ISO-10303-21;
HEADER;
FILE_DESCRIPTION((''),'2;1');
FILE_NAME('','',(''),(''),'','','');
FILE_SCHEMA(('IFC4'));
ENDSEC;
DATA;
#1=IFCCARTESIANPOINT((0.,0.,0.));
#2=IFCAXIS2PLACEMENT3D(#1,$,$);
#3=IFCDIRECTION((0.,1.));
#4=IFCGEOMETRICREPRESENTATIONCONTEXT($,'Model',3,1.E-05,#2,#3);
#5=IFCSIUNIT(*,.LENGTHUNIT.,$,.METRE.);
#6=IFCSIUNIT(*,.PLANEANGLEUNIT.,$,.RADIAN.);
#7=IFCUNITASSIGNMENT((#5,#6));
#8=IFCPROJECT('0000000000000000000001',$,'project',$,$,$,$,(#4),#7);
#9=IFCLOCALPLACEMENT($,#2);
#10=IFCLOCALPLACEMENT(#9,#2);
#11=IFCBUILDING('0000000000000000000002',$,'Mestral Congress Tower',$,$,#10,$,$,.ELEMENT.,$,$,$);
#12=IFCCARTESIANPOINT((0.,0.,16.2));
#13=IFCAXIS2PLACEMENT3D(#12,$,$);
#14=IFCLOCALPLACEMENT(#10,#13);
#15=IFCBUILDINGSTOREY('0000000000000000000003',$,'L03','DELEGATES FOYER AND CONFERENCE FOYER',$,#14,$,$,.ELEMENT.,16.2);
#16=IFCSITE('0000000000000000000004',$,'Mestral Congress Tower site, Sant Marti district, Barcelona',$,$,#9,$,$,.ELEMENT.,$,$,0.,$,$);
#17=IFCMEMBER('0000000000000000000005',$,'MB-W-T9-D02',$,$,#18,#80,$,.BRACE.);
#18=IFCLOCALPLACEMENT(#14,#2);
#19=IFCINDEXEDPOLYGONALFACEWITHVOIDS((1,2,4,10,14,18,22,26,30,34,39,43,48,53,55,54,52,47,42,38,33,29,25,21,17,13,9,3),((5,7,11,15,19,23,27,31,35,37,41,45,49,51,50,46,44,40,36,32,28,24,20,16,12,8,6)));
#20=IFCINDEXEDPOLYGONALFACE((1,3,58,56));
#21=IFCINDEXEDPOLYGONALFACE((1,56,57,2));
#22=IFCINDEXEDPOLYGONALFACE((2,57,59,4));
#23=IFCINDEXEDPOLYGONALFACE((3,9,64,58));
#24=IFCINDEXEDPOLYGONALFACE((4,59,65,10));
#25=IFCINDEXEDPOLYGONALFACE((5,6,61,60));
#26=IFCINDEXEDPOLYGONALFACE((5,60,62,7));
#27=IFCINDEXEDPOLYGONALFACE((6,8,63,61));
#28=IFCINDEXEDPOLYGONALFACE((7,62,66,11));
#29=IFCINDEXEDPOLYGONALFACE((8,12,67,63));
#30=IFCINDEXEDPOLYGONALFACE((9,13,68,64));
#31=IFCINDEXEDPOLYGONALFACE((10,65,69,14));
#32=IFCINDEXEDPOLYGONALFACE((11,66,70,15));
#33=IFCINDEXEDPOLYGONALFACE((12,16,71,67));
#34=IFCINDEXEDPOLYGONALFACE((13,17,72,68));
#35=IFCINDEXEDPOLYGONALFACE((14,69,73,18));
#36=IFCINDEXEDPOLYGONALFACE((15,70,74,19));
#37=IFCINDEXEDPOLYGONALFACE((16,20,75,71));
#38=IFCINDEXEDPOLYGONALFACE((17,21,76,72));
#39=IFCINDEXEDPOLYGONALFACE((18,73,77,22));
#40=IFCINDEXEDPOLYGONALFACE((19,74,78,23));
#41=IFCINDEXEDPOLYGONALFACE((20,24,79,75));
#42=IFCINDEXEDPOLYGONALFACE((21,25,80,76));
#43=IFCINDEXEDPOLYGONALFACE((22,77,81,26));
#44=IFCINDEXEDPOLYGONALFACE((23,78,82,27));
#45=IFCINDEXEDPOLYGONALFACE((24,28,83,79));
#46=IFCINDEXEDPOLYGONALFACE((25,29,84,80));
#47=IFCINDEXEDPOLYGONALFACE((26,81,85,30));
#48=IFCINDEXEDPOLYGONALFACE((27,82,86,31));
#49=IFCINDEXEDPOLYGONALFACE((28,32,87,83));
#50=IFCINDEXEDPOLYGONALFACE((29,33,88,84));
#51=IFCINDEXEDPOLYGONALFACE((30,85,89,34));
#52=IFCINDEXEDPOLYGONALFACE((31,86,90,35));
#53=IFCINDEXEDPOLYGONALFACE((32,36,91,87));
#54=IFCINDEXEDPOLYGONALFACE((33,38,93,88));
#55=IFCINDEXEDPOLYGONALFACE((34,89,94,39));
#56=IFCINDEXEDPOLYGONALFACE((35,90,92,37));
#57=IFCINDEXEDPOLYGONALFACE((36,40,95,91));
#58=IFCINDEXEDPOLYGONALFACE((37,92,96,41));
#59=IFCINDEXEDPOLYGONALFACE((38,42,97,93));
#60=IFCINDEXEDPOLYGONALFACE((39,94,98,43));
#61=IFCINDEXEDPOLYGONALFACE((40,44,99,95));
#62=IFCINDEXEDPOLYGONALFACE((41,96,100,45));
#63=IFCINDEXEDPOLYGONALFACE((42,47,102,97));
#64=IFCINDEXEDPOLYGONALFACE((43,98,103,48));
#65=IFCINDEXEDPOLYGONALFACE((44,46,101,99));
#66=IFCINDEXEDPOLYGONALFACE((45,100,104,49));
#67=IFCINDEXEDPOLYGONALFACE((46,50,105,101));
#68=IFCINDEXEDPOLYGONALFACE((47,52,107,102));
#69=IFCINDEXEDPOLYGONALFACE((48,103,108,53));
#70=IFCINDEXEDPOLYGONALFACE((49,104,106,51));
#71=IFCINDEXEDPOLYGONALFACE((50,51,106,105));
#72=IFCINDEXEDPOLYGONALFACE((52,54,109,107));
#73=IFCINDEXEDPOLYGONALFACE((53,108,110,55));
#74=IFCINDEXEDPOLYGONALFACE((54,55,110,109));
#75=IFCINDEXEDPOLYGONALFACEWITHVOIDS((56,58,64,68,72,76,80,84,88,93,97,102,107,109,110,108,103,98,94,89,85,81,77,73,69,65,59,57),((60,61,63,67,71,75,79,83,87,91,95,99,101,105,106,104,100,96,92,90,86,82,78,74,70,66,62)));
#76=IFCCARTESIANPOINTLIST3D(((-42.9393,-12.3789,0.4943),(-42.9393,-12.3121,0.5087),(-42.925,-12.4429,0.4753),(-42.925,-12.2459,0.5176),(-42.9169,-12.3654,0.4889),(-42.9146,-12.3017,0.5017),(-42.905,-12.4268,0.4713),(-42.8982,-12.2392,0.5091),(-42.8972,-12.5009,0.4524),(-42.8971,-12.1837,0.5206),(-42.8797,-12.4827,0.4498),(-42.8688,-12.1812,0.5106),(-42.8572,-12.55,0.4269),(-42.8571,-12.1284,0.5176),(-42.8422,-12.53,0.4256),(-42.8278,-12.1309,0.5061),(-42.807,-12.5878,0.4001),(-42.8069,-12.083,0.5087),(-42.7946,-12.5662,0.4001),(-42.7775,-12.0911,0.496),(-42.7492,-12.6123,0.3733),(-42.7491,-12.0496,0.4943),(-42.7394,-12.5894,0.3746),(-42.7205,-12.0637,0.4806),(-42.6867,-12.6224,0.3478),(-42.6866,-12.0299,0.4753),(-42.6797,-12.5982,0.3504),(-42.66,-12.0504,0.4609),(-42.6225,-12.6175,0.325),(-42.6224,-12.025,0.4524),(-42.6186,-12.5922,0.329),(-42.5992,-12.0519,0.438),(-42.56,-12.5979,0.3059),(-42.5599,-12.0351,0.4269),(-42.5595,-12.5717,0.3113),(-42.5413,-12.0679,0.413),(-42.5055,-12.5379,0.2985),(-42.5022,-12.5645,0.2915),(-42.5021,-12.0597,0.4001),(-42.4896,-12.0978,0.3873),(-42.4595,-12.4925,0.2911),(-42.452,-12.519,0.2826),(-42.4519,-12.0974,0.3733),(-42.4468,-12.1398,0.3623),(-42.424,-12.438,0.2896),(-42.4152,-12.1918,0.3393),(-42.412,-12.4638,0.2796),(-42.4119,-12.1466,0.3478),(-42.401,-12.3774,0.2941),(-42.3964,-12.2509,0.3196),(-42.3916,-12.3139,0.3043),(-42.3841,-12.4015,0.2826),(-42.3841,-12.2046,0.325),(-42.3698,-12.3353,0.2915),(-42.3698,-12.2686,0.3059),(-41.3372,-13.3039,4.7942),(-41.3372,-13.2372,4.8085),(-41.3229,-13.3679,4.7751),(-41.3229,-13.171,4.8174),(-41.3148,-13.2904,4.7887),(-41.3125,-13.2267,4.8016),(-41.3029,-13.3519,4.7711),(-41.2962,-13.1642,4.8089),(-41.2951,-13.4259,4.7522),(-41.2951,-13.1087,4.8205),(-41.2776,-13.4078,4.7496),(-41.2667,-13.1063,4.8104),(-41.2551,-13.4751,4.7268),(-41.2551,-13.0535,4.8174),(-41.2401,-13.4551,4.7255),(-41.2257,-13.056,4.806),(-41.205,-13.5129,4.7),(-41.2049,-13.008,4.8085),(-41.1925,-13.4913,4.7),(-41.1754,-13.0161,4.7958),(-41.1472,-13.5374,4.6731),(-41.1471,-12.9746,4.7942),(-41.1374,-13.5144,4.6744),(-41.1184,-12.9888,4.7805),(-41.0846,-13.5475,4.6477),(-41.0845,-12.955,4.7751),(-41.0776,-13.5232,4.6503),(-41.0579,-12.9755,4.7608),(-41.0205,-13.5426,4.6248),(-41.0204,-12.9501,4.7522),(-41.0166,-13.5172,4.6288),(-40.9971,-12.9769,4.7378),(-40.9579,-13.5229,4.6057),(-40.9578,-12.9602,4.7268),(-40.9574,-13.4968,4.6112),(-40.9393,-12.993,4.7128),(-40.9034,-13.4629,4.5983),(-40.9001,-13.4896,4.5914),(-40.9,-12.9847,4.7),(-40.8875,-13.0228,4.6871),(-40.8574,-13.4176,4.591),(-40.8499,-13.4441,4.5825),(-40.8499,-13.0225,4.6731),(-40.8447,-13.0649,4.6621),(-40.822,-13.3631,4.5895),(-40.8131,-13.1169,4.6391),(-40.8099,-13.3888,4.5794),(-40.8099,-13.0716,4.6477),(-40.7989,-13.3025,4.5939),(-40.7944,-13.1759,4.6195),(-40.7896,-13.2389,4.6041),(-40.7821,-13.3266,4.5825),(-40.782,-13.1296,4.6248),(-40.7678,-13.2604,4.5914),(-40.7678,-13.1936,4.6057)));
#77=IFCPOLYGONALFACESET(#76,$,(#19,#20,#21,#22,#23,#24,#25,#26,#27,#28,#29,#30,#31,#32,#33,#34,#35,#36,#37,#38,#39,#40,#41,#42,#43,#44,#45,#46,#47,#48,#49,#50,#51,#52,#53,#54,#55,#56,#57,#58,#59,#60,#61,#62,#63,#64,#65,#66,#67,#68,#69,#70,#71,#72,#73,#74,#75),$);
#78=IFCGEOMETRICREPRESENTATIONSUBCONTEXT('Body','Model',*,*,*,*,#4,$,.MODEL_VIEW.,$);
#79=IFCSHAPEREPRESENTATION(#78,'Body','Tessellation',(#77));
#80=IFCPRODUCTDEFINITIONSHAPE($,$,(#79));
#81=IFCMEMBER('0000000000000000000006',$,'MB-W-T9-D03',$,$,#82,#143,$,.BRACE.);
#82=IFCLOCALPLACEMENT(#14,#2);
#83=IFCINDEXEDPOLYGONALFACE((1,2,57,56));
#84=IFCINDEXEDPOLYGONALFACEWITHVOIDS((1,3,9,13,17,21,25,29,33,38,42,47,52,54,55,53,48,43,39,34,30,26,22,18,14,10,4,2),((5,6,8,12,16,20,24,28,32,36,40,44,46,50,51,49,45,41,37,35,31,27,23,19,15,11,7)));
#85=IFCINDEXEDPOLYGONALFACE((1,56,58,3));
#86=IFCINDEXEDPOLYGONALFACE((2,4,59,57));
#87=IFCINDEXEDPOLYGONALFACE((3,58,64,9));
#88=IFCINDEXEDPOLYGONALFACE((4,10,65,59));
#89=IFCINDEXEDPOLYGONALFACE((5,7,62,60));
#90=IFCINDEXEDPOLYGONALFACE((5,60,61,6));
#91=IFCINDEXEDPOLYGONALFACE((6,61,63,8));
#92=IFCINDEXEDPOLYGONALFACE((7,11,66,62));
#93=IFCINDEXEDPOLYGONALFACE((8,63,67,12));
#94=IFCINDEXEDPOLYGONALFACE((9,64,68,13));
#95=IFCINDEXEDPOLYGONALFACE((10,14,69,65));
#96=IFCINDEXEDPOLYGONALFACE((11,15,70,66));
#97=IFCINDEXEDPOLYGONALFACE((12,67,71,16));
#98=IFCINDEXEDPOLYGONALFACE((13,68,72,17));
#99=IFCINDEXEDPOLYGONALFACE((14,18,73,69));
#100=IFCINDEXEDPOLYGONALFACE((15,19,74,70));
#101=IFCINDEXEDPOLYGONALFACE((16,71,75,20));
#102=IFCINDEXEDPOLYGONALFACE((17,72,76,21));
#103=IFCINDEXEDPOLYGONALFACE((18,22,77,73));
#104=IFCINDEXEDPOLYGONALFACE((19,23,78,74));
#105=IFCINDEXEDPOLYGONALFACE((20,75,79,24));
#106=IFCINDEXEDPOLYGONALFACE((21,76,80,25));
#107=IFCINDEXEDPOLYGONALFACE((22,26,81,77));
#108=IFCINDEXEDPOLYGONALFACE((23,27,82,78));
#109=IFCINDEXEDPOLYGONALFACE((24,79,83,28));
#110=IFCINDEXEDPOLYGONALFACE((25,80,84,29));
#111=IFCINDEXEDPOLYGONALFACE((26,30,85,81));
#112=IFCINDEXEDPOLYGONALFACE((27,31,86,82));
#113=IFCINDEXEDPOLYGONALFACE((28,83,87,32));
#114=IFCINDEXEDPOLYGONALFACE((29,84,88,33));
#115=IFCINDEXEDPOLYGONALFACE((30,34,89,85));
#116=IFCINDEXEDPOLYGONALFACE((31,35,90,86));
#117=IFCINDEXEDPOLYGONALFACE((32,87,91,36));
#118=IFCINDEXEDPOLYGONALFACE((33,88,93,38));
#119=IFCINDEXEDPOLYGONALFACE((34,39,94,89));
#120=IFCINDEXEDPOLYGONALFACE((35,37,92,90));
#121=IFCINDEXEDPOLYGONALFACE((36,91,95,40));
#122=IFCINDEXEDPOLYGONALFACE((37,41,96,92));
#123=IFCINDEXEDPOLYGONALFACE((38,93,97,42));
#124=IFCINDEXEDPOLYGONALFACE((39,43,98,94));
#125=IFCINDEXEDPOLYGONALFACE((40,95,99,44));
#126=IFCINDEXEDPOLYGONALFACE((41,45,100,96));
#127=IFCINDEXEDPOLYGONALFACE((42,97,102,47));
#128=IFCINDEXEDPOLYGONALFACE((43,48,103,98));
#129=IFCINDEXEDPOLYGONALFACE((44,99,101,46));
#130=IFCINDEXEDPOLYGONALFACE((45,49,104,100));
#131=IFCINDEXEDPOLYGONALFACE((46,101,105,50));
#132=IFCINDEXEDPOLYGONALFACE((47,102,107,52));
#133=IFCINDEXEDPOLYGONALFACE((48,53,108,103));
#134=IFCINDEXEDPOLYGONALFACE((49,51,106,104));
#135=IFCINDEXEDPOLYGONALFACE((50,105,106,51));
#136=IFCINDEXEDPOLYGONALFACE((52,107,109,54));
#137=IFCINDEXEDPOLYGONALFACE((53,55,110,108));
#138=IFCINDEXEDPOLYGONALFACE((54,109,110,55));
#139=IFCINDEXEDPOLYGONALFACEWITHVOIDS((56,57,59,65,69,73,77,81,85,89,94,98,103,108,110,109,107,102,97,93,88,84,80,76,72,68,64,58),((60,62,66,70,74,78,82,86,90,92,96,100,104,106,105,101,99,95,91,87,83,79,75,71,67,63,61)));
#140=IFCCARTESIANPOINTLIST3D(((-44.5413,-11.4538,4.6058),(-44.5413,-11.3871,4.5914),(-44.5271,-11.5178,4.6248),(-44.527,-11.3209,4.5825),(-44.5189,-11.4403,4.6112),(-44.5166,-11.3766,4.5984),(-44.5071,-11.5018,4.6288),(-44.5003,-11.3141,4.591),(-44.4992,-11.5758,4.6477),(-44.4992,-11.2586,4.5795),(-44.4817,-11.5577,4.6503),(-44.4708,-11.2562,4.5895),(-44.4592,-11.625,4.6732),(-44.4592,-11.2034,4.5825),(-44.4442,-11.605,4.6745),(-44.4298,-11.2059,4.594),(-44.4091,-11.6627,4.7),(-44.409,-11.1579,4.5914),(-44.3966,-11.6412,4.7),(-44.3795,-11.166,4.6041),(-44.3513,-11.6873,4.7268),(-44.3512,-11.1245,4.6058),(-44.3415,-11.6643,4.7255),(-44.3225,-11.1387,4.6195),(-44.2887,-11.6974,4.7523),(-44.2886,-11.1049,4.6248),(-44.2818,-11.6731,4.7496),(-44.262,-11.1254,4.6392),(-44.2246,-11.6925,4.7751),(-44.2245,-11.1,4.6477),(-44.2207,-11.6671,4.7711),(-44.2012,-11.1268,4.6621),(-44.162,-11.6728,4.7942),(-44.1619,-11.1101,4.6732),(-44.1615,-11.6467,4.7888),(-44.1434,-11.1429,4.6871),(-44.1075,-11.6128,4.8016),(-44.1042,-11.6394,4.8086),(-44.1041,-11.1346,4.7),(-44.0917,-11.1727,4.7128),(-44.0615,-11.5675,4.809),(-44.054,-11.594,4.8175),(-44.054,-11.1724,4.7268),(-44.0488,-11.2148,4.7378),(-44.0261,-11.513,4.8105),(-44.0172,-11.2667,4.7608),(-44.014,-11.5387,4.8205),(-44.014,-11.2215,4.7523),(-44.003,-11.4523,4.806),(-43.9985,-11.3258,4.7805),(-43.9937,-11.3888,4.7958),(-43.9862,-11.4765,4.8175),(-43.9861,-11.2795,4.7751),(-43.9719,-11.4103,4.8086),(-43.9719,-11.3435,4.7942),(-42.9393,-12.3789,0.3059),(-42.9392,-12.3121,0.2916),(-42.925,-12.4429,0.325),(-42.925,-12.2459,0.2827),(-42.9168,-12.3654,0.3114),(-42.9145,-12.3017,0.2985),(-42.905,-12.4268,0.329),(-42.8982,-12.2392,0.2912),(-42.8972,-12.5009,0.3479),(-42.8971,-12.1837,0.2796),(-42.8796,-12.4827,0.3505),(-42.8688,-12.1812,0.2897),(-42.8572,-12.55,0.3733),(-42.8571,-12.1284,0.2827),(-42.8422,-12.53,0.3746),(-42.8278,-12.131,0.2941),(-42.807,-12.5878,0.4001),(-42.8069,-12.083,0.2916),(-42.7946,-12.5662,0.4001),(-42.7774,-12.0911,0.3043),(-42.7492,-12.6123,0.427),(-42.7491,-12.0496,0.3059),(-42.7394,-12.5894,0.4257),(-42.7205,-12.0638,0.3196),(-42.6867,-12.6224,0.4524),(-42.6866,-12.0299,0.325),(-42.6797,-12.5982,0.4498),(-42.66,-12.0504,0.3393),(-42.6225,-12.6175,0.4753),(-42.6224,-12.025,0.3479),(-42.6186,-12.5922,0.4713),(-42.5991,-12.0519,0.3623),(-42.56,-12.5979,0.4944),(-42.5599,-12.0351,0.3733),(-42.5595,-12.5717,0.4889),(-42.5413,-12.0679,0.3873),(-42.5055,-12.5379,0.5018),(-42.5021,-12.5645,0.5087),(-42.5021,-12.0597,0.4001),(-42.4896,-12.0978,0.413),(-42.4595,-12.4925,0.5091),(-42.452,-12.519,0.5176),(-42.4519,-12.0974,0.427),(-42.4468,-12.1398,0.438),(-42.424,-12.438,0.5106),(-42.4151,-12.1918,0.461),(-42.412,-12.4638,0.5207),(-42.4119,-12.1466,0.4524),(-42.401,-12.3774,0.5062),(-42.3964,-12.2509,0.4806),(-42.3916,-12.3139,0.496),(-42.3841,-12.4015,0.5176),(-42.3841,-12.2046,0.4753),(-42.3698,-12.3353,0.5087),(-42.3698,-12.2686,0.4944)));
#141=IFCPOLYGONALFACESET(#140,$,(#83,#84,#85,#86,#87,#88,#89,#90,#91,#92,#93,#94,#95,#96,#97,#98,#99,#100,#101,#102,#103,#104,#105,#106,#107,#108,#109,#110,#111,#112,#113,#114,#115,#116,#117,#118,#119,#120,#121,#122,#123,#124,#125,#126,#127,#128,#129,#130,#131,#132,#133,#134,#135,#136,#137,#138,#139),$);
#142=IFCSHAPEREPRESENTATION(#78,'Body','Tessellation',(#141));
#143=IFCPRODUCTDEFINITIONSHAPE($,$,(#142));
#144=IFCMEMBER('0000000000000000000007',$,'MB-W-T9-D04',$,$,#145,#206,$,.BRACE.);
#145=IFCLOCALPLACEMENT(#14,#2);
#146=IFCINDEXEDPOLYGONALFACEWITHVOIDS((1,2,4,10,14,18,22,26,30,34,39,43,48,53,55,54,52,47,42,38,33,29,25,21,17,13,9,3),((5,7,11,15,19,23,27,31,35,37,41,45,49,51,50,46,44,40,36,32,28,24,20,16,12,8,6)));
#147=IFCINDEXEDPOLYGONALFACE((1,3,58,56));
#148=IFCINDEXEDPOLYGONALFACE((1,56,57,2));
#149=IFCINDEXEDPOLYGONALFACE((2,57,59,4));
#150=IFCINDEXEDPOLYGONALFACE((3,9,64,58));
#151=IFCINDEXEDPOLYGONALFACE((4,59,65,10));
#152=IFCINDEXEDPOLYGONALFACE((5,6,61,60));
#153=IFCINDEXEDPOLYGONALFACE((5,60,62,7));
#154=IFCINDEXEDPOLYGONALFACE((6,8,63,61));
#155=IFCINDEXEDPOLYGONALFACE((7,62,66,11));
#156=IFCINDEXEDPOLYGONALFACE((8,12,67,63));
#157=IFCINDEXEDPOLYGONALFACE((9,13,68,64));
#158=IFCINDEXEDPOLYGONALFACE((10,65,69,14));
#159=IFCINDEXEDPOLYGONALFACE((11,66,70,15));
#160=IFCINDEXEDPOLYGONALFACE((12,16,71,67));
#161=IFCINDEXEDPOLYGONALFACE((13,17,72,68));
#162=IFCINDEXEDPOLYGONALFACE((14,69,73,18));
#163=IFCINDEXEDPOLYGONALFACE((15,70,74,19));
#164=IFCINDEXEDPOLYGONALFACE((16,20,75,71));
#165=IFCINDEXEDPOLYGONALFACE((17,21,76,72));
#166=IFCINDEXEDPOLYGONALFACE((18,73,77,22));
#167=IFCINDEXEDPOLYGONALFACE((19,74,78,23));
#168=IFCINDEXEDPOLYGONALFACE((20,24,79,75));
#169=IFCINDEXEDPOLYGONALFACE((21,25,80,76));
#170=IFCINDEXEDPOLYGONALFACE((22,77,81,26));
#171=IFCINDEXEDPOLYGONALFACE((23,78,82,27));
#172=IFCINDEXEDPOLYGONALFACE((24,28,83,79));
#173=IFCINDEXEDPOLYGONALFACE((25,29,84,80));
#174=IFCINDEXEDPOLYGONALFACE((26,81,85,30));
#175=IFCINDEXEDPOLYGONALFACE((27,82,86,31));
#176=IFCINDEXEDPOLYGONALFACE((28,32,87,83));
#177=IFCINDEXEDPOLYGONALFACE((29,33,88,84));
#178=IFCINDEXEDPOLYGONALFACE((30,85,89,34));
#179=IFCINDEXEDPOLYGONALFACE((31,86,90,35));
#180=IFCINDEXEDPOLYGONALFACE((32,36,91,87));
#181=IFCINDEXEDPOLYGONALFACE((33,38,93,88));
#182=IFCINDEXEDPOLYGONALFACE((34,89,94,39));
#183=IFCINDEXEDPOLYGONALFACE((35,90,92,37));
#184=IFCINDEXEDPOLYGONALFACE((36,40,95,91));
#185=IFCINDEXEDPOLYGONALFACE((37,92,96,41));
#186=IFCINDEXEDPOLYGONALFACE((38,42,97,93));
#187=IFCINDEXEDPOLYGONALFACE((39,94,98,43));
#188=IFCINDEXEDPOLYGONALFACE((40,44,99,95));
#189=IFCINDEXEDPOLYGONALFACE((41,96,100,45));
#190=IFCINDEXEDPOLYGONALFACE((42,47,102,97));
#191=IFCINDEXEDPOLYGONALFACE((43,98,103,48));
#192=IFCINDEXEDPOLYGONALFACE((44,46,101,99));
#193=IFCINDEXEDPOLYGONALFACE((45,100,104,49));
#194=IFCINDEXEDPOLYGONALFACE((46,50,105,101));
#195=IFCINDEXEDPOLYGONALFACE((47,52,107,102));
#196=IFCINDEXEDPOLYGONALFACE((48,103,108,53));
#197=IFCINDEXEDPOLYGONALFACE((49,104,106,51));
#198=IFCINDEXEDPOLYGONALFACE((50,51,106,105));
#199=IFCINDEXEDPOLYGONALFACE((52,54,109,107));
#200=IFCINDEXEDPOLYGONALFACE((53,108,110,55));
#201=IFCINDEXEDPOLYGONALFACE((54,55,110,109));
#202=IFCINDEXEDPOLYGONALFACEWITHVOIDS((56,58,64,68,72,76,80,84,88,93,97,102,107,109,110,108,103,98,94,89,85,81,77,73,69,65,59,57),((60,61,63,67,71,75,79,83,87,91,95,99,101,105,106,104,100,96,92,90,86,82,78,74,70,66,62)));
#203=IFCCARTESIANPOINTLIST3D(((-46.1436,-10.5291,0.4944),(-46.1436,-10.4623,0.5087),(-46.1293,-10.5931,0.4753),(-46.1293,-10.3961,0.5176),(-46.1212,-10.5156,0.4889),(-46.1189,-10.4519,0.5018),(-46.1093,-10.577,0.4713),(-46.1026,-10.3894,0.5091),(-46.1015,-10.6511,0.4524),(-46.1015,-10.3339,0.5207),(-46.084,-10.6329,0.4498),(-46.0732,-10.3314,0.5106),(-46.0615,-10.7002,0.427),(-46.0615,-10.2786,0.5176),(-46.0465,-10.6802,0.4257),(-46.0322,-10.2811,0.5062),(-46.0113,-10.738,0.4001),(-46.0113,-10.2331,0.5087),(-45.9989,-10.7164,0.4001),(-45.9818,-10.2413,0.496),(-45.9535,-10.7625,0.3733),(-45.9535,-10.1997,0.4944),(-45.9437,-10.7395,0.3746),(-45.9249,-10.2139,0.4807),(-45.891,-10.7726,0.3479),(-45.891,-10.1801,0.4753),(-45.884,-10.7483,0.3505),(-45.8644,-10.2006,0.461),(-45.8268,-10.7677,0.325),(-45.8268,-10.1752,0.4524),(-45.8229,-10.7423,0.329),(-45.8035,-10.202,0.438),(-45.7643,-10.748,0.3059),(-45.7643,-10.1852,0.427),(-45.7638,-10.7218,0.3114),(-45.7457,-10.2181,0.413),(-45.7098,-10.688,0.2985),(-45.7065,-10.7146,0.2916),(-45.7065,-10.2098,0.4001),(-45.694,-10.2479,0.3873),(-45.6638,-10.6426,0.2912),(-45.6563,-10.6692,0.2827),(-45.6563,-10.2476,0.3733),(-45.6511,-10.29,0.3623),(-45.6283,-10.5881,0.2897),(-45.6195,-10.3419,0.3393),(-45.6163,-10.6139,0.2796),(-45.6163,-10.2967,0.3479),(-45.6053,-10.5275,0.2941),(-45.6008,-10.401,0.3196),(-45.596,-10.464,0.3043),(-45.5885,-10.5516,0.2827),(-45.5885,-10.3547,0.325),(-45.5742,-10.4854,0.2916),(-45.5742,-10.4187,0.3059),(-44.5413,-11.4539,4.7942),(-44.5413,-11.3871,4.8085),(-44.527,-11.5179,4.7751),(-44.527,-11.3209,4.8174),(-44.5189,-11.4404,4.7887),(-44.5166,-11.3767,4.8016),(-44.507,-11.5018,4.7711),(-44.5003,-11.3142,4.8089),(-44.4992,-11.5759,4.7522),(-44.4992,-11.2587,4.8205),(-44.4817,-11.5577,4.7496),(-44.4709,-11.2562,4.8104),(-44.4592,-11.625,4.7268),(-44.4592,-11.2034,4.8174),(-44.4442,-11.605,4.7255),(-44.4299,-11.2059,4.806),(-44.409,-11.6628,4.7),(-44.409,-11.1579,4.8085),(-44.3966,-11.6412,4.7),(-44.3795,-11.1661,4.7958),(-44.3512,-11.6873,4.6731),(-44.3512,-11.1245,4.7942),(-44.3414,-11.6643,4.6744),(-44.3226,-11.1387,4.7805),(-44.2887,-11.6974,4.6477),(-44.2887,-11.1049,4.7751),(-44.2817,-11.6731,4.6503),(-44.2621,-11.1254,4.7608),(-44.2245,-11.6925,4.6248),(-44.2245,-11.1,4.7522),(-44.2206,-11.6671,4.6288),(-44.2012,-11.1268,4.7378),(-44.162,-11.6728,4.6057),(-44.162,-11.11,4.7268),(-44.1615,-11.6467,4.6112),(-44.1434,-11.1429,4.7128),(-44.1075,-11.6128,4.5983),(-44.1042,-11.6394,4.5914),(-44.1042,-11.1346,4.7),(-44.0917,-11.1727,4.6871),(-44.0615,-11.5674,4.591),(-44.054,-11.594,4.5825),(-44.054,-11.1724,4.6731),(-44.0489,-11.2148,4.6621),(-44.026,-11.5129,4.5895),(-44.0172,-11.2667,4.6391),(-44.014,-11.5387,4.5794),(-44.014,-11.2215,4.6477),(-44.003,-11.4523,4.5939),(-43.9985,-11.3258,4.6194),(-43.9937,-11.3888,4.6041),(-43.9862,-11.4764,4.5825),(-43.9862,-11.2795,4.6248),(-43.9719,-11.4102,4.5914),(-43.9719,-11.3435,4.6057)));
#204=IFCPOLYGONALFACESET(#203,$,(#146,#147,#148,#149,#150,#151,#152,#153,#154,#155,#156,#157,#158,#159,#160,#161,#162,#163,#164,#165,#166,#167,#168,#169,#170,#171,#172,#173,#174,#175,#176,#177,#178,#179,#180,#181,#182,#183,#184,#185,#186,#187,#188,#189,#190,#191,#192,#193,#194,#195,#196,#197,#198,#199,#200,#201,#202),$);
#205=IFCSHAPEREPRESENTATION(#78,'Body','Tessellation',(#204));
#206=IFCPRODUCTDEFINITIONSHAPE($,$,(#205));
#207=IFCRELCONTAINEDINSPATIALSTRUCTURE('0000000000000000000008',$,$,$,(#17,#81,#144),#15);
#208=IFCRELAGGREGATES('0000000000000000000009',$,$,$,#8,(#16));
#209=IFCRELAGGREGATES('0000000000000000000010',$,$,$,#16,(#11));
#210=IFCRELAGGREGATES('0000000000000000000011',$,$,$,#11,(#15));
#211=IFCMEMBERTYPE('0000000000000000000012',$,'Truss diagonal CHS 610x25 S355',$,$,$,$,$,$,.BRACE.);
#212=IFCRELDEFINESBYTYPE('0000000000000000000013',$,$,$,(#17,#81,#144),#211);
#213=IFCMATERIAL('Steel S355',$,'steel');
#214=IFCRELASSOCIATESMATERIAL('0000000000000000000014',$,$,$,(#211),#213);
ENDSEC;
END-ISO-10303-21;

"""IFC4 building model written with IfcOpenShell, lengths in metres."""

from ifc_helpers import new_model, si_unit, direction, frame, origin, origin_2d, place, context, subcontext, project, spatial, hollow_circle, extrude, material, material_profile, profile_set, type_object, element, save


model = new_model("IFC4")

# Units and contexts
model_context = context("Model", 3, precision=1e-05, world=origin(), true_north=direction((0.0, 1.0)))
body_context = subcontext(model_context, "Body", "Model", "MODEL_VIEW")
ifc_project = project(units=[si_unit("LENGTHUNIT", "METRE"), si_unit("PLANEANGLEUNIT", "RADIAN")], contexts=[model_context])

# Site, building, storey
site_placement = place(None, origin())
site = spatial("IfcSite", under=ifc_project, at=site_placement, Name="Mestral Congress Tower site, Sant Marti district, Barcelona", CompositionType="ELEMENT", RefElevation=0.0)
building_placement = place(site_placement, origin())
building = spatial("IfcBuilding", under=site, at=building_placement, Name="Mestral Congress Tower", CompositionType="ELEMENT")
storey_placement = place(building_placement, frame((0.0, 0.0, 16.2)))
storey = spatial("IfcBuildingStorey", under=building, at=storey_placement, Name="L03", Description="DELEGATES FOYER AND CONFERENCE FOYER", CompositionType="ELEMENT", Elevation=16.2)

# Shared definitions
ifc_material_1 = material(Name="Steel S355", Category="steel")

# Members
ifc_material_profile_1 = material_profile(ifc_material_1, hollow_circle(Radius=0.3049, WallThickness=0.0249, at=origin_2d()), Name="CHS 610x25")
ifc_profile_set_1 = profile_set([ifc_material_profile_1], Name="Steel S355")
member_type_1 = type_object("IfcMemberType", Name="Truss diagonal CHS 610x25 S355", PredefinedType="BRACE", material=ifc_profile_set_1)
for number, where, z_axis, x_axis, name in (
    (1, (-41.0525, -13.2488, 4.7), (-0.342254, 0.197623, -0.91859), (-0.500042, -0.866001, 0.0), "MB-W-T9-D02"),
    (2, (-42.6545, -12.3237, 0.4001), (-0.342254, 0.197623, 0.91859), (-0.500042, -0.866001, 0.0), "MB-W-T9-D03"),
    (3, (-44.2566, -11.3987, 4.7), (-0.342304, 0.197569, -0.918583), (-0.499886, -0.866091, 0.0), "MB-W-T9-D04"),
):
    element("IfcMember", number, at=place(storey_placement, frame(where, z_axis=z_axis, x_axis=x_axis)), inside=storey, type_object=member_type_1, Name=name, PredefinedType="BRACE", context=body_context, shape_type="SweptSolid", body=[
        extrude(hollow_circle(Radius=0.3049, WallThickness=0.0249, at=origin_2d()), origin(), (0.0, 0.0, 1.0), 4.6809),
    ])

save(model, "model.ifc")
